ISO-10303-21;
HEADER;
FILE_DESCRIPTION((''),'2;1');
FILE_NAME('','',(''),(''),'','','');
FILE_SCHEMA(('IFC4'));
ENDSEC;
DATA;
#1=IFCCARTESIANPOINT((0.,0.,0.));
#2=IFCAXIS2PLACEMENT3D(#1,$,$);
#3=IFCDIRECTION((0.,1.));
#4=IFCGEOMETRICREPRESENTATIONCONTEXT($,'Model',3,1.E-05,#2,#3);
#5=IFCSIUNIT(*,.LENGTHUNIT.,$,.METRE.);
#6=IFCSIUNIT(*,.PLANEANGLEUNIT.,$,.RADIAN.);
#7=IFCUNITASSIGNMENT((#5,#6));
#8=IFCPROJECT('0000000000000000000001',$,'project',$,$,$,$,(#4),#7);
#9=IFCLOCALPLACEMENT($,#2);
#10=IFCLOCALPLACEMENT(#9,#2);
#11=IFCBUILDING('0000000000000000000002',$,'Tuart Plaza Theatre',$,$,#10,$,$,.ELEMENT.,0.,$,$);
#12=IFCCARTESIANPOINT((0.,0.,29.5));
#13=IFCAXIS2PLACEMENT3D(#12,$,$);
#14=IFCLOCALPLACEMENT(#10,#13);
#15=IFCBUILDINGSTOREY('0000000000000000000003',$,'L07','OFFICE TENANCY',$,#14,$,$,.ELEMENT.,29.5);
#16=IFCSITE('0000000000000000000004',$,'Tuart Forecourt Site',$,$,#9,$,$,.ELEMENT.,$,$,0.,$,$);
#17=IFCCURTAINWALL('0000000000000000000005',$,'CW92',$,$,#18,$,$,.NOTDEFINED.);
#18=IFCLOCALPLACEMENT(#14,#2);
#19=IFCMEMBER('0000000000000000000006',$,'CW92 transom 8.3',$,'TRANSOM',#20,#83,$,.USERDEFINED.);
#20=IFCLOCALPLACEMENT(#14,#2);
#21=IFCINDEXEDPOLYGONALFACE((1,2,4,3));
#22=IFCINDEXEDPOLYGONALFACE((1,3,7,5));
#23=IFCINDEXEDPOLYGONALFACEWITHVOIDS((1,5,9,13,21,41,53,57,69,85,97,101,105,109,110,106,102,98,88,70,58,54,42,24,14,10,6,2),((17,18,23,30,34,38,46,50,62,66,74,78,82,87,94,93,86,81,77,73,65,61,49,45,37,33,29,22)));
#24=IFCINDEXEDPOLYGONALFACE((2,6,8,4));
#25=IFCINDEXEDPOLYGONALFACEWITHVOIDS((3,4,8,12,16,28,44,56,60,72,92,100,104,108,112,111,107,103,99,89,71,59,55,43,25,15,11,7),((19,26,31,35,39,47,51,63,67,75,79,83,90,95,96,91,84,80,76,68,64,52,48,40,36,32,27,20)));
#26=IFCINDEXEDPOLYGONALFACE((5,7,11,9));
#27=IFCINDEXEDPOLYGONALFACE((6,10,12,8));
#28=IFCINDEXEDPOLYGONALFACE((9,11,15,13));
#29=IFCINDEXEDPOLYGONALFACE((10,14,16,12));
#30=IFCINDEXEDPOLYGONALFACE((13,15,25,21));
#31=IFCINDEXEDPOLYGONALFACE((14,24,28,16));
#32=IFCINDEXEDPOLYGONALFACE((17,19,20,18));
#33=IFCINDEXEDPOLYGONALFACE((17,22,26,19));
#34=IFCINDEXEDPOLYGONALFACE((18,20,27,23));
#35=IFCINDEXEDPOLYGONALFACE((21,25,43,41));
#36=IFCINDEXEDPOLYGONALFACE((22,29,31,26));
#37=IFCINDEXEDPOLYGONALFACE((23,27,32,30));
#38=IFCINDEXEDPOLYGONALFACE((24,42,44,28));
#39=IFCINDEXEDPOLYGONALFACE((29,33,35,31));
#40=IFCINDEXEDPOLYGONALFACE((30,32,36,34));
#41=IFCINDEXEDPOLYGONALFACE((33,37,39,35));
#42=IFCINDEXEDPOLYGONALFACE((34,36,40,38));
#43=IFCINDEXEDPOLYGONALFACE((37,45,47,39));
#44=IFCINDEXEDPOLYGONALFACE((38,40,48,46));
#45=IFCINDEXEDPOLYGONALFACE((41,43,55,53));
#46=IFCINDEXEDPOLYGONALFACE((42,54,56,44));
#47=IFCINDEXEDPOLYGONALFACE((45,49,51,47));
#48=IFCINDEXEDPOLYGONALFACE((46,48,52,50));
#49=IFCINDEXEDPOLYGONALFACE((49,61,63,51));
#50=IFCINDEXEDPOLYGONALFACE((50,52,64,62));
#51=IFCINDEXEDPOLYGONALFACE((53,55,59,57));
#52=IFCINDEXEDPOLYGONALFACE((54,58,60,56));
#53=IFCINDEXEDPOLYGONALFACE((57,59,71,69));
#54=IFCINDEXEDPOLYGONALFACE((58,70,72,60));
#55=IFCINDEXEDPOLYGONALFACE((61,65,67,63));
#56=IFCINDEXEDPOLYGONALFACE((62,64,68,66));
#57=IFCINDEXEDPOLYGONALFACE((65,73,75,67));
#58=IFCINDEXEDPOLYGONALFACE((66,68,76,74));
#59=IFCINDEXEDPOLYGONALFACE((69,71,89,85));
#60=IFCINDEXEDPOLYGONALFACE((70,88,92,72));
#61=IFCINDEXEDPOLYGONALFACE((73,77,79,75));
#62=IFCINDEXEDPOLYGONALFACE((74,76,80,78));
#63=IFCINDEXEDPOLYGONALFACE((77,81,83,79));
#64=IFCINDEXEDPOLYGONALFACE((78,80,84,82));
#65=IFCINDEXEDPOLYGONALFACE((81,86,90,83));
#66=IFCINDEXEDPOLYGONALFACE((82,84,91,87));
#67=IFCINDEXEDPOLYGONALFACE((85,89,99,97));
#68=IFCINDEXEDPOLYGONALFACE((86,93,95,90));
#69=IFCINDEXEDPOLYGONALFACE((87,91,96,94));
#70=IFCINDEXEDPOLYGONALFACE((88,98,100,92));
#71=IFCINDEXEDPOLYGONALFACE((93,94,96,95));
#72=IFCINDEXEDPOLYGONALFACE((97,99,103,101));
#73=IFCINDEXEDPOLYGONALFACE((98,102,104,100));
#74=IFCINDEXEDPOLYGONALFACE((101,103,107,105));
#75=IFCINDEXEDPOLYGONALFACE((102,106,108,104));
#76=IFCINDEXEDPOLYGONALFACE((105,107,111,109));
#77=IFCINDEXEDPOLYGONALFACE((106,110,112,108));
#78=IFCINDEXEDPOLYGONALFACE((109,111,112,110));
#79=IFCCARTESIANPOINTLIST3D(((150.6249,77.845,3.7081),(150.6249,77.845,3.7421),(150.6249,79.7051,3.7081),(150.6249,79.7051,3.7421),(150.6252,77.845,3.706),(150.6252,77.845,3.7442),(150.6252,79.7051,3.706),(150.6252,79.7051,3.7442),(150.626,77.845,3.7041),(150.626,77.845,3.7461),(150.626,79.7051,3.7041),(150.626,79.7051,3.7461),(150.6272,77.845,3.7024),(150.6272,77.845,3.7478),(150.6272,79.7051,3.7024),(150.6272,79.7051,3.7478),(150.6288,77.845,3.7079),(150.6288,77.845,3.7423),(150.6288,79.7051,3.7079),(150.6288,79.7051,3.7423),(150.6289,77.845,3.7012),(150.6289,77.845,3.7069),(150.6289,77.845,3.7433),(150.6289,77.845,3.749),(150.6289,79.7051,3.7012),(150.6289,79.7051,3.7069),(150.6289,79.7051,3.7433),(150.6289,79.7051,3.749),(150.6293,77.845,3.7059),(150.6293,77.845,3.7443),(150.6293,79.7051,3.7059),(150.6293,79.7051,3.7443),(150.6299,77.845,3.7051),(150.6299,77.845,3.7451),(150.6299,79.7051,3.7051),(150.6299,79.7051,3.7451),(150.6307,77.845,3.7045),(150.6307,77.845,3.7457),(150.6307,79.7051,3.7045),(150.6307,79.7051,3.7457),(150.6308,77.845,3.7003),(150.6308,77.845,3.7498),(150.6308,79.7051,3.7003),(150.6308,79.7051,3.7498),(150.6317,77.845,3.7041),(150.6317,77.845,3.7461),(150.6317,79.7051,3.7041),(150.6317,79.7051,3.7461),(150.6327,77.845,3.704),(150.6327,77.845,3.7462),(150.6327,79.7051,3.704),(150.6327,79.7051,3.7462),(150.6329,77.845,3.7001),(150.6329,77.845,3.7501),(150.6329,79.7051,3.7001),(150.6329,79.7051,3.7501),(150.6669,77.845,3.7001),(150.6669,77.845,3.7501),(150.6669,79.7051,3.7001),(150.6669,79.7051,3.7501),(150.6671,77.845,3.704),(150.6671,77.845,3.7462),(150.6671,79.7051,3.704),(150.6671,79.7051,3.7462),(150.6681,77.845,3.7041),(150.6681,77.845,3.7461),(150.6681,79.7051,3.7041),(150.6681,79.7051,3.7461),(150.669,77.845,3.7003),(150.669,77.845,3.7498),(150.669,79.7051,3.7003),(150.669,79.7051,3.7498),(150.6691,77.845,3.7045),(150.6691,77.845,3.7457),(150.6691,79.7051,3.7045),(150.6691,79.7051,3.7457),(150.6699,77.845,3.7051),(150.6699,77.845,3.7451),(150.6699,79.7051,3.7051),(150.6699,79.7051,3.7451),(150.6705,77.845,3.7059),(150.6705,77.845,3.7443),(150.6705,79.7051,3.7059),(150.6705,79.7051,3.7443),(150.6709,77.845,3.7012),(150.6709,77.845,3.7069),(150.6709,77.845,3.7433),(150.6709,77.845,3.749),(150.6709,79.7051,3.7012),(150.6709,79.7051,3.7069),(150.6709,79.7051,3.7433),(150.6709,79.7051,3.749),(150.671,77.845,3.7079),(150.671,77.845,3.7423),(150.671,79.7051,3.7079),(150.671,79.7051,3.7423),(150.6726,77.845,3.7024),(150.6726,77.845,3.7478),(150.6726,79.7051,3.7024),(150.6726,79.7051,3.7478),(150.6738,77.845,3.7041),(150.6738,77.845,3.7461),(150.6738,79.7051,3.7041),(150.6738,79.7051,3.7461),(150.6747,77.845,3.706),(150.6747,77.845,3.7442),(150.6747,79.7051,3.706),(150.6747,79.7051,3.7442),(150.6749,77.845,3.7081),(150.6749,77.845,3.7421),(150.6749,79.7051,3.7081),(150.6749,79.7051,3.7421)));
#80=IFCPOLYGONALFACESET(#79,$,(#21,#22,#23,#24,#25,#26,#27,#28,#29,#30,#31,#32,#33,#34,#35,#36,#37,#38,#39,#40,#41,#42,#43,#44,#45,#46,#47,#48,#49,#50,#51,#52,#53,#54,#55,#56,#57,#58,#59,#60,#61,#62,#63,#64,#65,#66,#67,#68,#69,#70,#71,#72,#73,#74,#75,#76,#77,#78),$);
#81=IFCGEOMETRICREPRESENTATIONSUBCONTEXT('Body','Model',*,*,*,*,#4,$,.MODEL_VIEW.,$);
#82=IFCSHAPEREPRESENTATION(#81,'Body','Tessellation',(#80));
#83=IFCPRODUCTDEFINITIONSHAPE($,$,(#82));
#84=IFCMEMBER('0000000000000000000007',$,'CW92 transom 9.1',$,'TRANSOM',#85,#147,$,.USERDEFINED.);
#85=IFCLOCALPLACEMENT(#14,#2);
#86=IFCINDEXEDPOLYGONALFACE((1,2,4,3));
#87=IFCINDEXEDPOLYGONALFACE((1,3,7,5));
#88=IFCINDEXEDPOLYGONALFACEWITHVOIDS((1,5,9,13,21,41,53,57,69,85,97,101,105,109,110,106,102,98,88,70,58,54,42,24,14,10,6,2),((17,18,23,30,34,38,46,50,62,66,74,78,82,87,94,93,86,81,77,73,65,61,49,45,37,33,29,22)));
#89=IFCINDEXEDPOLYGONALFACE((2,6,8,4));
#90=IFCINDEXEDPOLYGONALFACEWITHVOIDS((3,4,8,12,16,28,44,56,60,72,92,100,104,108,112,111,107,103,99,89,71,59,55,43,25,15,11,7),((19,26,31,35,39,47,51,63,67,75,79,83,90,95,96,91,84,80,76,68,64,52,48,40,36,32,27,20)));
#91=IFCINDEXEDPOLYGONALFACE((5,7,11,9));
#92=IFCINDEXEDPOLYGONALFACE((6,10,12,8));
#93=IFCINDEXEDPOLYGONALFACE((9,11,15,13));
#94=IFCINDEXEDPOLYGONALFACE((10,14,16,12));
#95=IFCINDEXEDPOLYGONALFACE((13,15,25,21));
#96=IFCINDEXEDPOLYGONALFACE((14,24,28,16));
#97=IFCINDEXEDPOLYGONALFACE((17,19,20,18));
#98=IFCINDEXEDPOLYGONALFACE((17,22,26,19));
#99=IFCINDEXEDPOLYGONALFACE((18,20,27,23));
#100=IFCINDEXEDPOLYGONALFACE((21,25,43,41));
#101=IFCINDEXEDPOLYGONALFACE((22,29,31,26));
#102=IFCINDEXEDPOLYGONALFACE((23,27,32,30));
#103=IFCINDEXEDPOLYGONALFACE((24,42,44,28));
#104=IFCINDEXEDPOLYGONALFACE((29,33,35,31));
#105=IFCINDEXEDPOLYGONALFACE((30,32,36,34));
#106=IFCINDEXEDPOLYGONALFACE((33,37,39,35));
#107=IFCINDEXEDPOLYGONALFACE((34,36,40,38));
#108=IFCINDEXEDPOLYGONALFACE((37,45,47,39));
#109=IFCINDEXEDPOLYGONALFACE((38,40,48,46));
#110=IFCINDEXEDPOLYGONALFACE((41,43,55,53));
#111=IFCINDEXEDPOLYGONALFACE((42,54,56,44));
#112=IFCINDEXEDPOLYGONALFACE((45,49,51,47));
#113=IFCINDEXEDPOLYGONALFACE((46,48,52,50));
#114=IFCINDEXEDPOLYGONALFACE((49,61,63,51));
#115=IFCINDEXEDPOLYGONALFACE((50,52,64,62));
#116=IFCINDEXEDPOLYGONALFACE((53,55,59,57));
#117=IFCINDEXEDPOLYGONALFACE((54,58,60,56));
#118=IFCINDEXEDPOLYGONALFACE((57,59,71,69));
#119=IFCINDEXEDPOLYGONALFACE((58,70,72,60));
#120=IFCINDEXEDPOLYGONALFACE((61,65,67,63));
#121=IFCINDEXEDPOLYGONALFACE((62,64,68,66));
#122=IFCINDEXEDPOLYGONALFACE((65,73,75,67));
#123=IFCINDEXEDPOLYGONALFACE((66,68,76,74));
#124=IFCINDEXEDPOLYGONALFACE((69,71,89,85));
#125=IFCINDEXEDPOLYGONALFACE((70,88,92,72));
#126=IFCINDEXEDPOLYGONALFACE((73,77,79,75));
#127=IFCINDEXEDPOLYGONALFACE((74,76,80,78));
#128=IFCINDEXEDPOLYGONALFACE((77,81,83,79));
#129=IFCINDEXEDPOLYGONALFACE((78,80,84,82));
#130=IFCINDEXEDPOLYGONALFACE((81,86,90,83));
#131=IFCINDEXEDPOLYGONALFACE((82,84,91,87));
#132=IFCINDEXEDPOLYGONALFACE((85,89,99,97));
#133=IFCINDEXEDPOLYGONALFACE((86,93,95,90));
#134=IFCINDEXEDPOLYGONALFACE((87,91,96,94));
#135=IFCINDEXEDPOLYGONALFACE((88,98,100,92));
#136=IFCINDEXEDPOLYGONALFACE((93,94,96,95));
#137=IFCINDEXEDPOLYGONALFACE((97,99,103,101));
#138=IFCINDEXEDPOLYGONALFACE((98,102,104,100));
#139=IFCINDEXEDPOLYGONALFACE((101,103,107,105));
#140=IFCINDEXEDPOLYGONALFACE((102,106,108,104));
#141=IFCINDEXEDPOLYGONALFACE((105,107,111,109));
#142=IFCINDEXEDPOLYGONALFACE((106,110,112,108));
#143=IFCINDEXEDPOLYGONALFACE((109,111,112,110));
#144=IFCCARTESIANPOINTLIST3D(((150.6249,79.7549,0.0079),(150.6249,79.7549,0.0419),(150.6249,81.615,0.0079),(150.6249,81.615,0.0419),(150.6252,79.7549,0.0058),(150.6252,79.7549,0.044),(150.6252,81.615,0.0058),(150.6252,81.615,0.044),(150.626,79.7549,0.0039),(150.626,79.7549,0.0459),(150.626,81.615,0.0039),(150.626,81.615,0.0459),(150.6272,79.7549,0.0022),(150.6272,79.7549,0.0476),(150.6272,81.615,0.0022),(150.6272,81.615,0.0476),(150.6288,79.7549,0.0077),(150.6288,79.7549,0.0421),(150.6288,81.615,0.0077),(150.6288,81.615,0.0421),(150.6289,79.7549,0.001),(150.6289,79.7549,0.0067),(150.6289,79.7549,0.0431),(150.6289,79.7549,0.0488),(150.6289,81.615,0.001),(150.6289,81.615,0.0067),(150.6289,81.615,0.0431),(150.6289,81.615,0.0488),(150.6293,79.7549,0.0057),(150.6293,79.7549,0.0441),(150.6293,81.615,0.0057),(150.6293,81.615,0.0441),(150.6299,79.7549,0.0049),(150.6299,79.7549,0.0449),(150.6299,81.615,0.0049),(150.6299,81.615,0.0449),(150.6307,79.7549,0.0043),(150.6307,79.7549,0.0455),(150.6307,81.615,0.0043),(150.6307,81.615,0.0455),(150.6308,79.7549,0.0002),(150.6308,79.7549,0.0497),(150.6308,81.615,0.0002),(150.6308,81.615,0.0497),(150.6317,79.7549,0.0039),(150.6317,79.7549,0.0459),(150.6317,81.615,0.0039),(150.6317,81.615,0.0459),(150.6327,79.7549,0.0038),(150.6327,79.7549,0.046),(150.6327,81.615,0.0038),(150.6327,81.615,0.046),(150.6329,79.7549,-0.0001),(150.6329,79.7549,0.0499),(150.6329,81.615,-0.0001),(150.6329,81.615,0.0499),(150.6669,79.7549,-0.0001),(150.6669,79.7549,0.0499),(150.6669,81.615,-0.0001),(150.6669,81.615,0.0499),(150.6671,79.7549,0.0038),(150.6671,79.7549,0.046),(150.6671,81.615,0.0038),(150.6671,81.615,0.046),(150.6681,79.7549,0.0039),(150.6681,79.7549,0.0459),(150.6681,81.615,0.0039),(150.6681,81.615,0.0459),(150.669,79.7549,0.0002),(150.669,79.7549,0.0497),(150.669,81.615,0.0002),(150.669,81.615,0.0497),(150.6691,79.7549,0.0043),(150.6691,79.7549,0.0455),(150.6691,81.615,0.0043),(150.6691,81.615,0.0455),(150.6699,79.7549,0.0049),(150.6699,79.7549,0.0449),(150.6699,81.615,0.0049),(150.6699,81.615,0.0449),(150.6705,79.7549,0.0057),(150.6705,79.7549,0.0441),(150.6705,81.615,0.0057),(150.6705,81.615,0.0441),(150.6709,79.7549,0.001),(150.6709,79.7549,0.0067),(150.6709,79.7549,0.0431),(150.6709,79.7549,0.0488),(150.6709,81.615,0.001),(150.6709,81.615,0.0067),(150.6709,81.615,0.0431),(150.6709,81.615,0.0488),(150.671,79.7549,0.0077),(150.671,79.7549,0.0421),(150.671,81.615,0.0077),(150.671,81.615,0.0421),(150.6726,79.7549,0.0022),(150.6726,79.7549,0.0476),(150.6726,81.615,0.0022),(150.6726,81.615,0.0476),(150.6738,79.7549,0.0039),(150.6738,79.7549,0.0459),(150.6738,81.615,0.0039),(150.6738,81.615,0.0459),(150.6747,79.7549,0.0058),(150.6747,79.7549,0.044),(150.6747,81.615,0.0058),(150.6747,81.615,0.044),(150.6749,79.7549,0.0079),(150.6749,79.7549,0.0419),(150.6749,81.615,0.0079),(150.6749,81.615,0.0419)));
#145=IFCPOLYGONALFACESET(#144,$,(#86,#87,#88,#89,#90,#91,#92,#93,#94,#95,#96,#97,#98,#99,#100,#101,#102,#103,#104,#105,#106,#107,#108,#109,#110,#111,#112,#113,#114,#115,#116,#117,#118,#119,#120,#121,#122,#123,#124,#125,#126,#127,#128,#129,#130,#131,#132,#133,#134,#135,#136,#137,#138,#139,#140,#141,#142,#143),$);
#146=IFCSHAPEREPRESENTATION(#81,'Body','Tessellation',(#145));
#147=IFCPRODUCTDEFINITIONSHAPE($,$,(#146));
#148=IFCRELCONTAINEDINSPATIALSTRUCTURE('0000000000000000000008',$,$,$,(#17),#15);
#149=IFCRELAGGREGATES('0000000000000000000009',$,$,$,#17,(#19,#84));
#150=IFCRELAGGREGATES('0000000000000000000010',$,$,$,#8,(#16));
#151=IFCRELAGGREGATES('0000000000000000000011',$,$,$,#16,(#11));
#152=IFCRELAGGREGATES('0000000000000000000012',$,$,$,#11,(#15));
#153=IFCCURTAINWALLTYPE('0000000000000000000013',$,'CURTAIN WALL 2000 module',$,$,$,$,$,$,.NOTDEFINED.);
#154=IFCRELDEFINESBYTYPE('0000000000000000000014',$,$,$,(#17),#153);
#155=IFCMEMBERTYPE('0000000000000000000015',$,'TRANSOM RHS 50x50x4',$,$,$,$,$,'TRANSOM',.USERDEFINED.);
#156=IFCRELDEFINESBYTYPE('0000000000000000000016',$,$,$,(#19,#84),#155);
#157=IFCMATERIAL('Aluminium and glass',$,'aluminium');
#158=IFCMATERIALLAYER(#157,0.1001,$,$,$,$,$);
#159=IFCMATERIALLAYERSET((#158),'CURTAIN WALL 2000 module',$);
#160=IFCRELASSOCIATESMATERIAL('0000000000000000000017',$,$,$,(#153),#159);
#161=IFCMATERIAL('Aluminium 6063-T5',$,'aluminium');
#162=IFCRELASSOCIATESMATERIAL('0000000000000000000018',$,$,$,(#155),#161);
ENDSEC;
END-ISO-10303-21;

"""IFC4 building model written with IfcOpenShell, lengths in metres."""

from ifc_helpers import new_model, si_unit, direction, frame, origin, origin_2d, place, context, subcontext, project, spatial, hollow_rectangle, extrude, material, layer, layer_set, material_profile, profile_set, type_object, element, aggregate, save


model = new_model("IFC4")

# Units and contexts
model_context = context("Model", 3, precision=1e-05, world=origin(), true_north=direction((0.0, 1.0)))
body_context = subcontext(model_context, "Body", "Model", "MODEL_VIEW")
ifc_project = project(units=[si_unit("LENGTHUNIT", "METRE"), si_unit("PLANEANGLEUNIT", "RADIAN")], contexts=[model_context])

# Site, building, storey
site_placement = place(None, origin())
site = spatial("IfcSite", under=ifc_project, at=site_placement, Name="Tuart Forecourt Site", CompositionType="ELEMENT", RefElevation=0.0)
building_placement = place(site_placement, origin())
building = spatial("IfcBuilding", under=site, at=building_placement, Name="Tuart Plaza Theatre", CompositionType="ELEMENT", ElevationOfRefHeight=0.0)
storey_placement = place(building_placement, frame((0.0, 0.0, 29.5)))
storey = spatial("IfcBuildingStorey", under=building, at=storey_placement, Name="L07", Description="OFFICE TENANCY", CompositionType="ELEMENT", Elevation=29.5)

# Curtain wall, members
ifc_material_1 = material(Name="Aluminium and glass", Category="aluminium")
ifc_layer_1 = layer(ifc_material_1, 0.1001)
ifc_layer_set_1 = layer_set([ifc_layer_1], Name="CURTAIN WALL 2000 module")
curtain_wall_type = type_object("IfcCurtainWallType", Name="CURTAIN WALL 2000 module", PredefinedType="NOTDEFINED", material=ifc_layer_set_1)
curtain_wall_placement = place(storey_placement, origin())
curtain_wall = element("IfcCurtainWall", 1, at=curtain_wall_placement, inside=storey, type_object=curtain_wall_type, Name="CW92", PredefinedType="NOTDEFINED")
ifc_material_2 = material(Name="Aluminium 6063-T5", Category="aluminium")
ifc_material_profile_1 = material_profile(ifc_material_2, hollow_rectangle(XDim=0.05, YDim=0.05, WallThickness=0.0039, InnerFilletRadius=0.0039, OuterFilletRadius=0.0081, at=origin_2d()), Name="RHS 50x50x4")
ifc_profile_set_1 = profile_set([ifc_material_profile_1], Name="Aluminium 6063-T5")
member_type_1 = type_object("IfcMemberType", Name="TRANSOM RHS 50x50x4", ElementType="TRANSOM", PredefinedType="USERDEFINED", material=ifc_profile_set_1)
member_1_placement = place(storey_placement, frame((150.6499, 77.845, 3.7251), z_axis=(0.0, 1.0, 0.0), x_axis=(-1.0, 0.0, 0.0)))
member_1 = element("IfcMember", 2, at=member_1_placement, type_object=member_type_1, Name="CW92 transom 8.3", ObjectType="TRANSOM", PredefinedType="USERDEFINED", context=body_context, shape_type="SweptSolid", body=[
    extrude(hollow_rectangle(XDim=0.05, YDim=0.05, WallThickness=0.0039, InnerFilletRadius=0.0039, OuterFilletRadius=0.0081, at=origin_2d()), origin(), (0.0, 0.0, 1.0), 1.8601),
])
member_2_placement = place(storey_placement, frame((150.6499, 79.7549, 0.0249), z_axis=(0.0, 1.0, 0.0), x_axis=(-1.0, 0.0, 0.0)))
member_2 = element("IfcMember", 3, at=member_2_placement, type_object=member_type_1, Name="CW92 transom 9.1", ObjectType="TRANSOM", PredefinedType="USERDEFINED", context=body_context, shape_type="SweptSolid", body=[
    extrude(hollow_rectangle(XDim=0.05, YDim=0.05, WallThickness=0.0039, InnerFilletRadius=0.0039, OuterFilletRadius=0.0081, at=origin_2d()), origin(), (0.0, 0.0, 1.0), 1.8601),
])
aggregate(curtain_wall, [member_1, member_2])

save(model, "model.ifc")
